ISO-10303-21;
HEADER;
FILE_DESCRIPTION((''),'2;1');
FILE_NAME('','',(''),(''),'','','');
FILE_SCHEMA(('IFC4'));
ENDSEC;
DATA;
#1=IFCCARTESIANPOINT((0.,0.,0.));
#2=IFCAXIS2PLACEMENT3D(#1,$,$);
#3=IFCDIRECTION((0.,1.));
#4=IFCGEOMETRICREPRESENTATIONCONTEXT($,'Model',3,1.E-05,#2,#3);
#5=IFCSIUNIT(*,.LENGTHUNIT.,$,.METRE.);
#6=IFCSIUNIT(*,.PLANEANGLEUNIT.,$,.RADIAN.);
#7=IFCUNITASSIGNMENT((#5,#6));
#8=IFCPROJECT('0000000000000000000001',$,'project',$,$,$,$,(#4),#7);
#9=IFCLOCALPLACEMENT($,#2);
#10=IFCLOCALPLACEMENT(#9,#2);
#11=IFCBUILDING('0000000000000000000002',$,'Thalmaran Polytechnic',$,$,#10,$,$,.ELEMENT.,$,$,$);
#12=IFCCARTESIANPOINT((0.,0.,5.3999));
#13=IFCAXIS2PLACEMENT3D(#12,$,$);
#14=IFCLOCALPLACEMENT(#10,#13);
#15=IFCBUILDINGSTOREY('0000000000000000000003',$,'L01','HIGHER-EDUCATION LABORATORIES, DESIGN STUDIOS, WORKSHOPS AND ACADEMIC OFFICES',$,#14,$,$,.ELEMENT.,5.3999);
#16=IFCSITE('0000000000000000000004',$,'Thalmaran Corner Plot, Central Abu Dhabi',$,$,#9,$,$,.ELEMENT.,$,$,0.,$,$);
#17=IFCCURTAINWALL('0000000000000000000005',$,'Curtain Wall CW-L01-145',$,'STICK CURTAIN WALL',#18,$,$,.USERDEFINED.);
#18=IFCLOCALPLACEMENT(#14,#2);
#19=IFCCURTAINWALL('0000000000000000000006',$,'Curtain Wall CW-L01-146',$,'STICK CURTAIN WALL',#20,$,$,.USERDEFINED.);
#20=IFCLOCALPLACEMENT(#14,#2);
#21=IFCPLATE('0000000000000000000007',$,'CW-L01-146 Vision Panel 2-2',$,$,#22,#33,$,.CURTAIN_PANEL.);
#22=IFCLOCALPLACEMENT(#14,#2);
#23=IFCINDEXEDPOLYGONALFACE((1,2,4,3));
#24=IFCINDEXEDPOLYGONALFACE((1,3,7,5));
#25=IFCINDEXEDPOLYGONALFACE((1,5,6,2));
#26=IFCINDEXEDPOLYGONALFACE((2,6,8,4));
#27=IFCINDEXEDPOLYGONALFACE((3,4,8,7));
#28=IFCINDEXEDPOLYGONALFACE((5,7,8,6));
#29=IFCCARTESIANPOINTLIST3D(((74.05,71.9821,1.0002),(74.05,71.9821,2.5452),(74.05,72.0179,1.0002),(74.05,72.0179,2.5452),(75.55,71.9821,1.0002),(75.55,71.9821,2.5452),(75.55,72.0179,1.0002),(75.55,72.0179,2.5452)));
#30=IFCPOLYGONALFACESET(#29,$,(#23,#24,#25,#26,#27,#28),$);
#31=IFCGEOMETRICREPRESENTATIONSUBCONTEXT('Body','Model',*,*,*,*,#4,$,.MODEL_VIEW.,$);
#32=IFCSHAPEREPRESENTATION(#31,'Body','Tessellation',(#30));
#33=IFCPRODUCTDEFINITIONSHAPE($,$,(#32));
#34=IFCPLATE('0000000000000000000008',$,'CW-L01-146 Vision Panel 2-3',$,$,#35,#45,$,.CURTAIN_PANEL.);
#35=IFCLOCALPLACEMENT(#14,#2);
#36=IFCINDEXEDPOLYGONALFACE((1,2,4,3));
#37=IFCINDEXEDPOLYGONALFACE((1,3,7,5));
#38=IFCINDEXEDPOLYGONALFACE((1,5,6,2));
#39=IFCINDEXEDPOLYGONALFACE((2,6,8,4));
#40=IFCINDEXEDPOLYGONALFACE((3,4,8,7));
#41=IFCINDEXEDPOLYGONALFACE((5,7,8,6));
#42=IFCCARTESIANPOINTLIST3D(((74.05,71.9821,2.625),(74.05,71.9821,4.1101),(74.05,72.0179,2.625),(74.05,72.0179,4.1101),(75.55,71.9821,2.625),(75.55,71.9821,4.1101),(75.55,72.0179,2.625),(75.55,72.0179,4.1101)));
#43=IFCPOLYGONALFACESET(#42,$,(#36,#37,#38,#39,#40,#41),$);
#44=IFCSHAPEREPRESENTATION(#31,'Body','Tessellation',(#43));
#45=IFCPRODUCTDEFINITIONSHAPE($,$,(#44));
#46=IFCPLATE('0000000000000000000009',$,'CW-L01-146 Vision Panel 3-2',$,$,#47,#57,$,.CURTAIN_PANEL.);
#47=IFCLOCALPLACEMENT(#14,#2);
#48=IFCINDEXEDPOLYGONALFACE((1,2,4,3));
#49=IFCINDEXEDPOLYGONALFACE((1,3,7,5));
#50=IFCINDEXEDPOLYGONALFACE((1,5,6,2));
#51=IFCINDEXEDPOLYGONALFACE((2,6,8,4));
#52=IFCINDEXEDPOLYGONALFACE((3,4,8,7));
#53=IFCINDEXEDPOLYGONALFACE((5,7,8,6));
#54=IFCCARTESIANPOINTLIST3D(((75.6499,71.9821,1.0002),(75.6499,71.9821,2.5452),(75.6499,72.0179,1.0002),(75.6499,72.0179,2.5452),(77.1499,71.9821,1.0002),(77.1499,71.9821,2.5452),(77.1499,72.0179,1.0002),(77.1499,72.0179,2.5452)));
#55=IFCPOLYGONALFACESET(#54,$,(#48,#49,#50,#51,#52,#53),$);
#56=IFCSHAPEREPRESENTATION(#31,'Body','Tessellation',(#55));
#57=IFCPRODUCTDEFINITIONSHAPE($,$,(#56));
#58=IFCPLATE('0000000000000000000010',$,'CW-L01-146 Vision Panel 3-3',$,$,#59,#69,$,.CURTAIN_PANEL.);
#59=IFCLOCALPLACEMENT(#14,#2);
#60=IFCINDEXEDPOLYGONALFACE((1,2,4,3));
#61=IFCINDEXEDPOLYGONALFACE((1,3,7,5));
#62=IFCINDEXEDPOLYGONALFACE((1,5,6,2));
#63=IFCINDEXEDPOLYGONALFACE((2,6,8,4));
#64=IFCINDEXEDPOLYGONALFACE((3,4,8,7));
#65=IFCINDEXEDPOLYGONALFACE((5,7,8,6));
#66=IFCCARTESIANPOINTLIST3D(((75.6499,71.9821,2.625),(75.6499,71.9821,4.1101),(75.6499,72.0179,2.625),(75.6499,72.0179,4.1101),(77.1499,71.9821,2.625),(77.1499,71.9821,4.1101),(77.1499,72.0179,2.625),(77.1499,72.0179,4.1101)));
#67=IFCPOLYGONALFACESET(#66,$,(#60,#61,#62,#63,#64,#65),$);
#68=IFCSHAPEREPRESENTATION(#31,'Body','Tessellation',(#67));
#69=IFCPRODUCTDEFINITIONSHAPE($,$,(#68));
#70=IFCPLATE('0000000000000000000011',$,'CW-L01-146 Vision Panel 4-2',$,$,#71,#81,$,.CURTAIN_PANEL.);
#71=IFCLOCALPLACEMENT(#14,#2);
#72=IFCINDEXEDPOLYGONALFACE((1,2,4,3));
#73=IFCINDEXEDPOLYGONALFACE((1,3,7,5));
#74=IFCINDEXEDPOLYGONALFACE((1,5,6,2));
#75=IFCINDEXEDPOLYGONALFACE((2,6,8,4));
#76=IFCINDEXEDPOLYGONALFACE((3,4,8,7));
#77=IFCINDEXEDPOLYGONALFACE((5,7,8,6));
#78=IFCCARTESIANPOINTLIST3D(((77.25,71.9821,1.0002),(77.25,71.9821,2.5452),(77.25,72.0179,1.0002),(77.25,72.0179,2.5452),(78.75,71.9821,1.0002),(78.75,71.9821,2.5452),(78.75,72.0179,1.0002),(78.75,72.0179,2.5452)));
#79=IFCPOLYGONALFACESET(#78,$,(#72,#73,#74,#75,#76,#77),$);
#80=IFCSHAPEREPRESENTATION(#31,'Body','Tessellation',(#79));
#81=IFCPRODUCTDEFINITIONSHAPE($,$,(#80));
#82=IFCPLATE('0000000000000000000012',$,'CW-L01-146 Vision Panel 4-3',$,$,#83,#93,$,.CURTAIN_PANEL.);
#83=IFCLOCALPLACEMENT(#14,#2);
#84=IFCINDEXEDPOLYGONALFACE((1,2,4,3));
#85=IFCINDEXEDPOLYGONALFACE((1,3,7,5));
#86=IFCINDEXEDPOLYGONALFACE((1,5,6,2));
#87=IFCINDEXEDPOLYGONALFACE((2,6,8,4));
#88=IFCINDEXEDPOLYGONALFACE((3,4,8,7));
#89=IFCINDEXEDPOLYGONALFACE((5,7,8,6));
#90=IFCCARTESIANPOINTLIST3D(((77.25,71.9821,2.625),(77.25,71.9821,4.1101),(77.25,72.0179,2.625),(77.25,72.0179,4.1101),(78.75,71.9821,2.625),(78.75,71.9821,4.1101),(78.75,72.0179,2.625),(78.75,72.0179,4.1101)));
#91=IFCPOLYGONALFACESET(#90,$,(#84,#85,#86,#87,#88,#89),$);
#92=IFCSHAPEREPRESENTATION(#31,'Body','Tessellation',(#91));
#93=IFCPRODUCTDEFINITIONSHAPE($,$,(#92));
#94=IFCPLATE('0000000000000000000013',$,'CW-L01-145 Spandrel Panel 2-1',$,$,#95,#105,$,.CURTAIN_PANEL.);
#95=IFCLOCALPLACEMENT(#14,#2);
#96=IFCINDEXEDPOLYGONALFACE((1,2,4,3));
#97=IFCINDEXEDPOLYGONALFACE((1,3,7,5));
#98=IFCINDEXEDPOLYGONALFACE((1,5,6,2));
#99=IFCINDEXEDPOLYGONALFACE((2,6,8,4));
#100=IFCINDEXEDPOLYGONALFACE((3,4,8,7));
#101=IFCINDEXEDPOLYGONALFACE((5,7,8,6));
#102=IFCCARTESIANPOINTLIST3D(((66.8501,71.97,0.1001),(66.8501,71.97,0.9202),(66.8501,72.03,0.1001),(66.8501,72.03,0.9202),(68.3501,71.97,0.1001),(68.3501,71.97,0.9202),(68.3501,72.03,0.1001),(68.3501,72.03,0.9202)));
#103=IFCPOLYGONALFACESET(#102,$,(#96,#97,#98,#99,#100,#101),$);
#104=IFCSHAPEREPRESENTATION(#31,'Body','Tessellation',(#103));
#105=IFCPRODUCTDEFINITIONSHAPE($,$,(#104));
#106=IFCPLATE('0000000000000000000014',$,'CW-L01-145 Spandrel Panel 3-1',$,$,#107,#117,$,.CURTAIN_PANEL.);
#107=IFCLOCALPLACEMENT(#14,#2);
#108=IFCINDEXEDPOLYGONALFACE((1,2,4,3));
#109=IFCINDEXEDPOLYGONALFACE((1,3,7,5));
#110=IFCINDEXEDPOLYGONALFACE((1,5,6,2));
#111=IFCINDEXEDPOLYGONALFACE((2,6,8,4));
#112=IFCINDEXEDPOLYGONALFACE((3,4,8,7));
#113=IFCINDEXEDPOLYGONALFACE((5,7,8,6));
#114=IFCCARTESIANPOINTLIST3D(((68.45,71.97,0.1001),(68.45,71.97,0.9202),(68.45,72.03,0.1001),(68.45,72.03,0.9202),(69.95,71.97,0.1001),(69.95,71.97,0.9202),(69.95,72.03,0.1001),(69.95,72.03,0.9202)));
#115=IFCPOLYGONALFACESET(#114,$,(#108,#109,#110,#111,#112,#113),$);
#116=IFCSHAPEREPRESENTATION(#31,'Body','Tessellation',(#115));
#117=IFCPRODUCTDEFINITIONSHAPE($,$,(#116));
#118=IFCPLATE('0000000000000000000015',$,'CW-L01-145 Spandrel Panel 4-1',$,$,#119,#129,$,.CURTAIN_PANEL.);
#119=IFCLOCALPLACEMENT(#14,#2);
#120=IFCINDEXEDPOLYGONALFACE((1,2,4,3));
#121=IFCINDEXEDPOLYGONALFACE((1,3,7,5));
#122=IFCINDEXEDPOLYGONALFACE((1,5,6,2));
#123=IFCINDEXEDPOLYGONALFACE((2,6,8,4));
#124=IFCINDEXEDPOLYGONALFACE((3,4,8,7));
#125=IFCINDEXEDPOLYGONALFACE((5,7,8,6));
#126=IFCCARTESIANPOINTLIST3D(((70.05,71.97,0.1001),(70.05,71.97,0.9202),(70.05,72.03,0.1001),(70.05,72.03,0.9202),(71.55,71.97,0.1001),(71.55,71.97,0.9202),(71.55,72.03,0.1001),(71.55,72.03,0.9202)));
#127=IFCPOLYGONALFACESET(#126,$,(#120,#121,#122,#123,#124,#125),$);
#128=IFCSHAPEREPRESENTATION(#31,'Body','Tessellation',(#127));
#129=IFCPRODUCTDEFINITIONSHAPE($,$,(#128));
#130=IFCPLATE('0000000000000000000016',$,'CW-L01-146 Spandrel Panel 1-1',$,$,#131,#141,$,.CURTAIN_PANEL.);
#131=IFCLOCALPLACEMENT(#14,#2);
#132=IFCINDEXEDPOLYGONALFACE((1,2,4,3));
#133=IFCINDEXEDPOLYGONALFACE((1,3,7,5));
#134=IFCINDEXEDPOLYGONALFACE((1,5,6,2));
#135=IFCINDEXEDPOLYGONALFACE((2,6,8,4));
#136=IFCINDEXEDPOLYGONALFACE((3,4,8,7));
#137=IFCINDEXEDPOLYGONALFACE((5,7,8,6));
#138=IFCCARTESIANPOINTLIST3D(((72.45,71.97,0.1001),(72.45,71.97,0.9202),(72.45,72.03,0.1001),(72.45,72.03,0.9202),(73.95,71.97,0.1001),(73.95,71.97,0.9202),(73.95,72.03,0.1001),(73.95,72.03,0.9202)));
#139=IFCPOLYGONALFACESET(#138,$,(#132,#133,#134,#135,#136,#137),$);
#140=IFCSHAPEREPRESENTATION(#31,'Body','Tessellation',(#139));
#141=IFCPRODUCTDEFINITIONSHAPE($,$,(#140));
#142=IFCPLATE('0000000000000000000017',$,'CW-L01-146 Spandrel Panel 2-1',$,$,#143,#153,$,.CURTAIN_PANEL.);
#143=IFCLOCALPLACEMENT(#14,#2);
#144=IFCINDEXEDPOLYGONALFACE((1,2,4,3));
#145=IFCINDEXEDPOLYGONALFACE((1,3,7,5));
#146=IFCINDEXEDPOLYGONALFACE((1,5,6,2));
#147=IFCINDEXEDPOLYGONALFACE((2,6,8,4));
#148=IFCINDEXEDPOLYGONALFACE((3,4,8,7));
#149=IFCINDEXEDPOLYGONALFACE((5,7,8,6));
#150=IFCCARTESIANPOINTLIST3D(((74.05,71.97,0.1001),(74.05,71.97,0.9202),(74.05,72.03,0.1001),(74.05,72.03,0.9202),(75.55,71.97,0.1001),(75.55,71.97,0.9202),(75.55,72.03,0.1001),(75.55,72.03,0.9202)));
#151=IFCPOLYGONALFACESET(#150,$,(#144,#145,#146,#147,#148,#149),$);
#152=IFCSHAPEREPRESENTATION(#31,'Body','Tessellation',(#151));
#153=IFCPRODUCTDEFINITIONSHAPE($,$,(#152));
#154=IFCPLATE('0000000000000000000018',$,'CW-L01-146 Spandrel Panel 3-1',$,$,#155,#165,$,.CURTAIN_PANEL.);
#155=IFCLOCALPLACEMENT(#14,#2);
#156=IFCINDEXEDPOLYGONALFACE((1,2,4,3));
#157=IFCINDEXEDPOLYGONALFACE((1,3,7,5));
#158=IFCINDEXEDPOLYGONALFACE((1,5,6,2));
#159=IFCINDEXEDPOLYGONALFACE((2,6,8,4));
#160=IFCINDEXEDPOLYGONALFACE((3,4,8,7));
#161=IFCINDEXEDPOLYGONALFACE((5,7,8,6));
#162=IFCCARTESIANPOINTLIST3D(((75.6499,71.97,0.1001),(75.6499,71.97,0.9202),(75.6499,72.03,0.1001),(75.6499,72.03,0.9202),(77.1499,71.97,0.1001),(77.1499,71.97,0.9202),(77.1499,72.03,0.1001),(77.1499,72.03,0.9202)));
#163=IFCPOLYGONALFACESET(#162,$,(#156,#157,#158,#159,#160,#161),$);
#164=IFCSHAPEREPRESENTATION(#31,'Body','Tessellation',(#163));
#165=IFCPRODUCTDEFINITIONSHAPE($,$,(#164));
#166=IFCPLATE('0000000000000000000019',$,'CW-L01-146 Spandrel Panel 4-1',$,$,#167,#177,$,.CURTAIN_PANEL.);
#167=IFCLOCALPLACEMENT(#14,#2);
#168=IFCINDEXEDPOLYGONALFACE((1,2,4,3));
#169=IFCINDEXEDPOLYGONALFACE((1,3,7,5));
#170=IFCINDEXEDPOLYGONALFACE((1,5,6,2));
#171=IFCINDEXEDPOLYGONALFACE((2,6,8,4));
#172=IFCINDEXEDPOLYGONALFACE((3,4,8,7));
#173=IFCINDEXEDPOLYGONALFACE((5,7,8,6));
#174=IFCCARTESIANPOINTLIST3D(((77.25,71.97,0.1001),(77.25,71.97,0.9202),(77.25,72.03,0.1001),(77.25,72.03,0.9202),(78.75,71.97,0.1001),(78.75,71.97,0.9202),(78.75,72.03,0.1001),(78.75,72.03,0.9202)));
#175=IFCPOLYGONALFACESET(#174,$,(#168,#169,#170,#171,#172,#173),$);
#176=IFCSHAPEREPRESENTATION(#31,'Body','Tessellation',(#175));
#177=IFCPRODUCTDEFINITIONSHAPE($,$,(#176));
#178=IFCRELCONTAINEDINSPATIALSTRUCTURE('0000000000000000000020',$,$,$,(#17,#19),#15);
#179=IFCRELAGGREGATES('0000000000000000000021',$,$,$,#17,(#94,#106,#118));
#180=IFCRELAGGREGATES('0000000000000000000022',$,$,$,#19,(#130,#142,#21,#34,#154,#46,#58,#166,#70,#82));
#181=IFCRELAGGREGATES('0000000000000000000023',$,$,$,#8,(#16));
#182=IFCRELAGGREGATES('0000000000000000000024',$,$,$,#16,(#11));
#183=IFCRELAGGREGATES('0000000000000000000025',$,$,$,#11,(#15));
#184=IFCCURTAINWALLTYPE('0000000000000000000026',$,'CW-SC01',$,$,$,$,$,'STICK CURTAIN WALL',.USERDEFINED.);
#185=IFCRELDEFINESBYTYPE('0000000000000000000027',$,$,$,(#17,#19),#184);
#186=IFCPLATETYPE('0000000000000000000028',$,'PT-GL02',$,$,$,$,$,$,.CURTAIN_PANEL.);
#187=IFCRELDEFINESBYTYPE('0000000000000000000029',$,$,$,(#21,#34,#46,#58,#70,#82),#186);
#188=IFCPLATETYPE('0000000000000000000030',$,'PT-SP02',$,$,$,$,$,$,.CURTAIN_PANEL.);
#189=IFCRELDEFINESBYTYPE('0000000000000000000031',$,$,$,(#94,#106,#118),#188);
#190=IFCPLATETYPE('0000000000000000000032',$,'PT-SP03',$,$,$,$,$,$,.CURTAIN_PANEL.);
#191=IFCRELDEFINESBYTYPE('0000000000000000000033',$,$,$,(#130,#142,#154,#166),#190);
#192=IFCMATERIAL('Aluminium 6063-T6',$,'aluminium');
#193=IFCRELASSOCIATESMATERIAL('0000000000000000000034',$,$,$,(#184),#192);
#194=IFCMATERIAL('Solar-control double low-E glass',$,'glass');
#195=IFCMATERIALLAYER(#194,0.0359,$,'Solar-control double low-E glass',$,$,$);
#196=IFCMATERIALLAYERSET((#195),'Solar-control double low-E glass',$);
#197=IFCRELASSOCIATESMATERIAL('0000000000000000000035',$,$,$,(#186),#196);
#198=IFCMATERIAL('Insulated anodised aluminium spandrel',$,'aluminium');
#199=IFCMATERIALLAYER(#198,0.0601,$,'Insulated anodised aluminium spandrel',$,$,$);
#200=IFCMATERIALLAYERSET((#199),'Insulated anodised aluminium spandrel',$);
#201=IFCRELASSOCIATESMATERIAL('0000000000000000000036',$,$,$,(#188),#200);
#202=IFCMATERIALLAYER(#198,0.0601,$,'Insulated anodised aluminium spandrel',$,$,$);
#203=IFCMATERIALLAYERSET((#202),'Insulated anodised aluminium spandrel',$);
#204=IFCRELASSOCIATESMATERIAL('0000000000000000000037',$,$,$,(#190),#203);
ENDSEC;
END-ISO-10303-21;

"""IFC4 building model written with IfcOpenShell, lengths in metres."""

from ifc_helpers import new_model, si_unit, direction, frame, origin, origin_2d, place, context, subcontext, project, spatial, rectangle, extrude, material, layer, layer_set, type_object, element, aggregate, save


model = new_model("IFC4")

# Units and contexts
model_context = context("Model", 3, precision=1e-05, world=origin(), true_north=direction((0.0, 1.0)))
body_context = subcontext(model_context, "Body", "Model", "MODEL_VIEW")
ifc_project = project(units=[si_unit("LENGTHUNIT", "METRE"), si_unit("PLANEANGLEUNIT", "RADIAN")], contexts=[model_context])

# Site, building, storey
site_placement = place(None, origin())
site = spatial("IfcSite", under=ifc_project, at=site_placement, Name="Thalmaran Corner Plot, Central Abu Dhabi", CompositionType="ELEMENT", RefElevation=0.0)
building_placement = place(site_placement, origin())
building = spatial("IfcBuilding", under=site, at=building_placement, Name="Thalmaran Polytechnic", CompositionType="ELEMENT")
storey_placement = place(building_placement, frame((0.0, 0.0, 5.3999)))
storey = spatial("IfcBuildingStorey", under=building, at=storey_placement, Name="L01", Description="HIGHER-EDUCATION LABORATORIES, DESIGN STUDIOS, WORKSHOPS AND ACADEMIC OFFICES", CompositionType="ELEMENT", Elevation=5.3999)

# Curtain walls
ifc_material_1 = material(Name="Aluminium 6063-T6", Category="aluminium")
curtain_wall_type = type_object("IfcCurtainWallType", Name="CW-SC01", ElementType="STICK CURTAIN WALL", PredefinedType="USERDEFINED", material=ifc_material_1)
curtain_wall_1_placement = place(storey_placement, origin())
curtain_wall_1 = element("IfcCurtainWall", 1, at=curtain_wall_1_placement, inside=storey, type_object=curtain_wall_type, Name="Curtain Wall CW-L01-145", ObjectType="STICK CURTAIN WALL", PredefinedType="USERDEFINED")
curtain_wall_2_placement = place(storey_placement, origin())
curtain_wall_2 = element("IfcCurtainWall", 2, at=curtain_wall_2_placement, inside=storey, type_object=curtain_wall_type, Name="Curtain Wall CW-L01-146", ObjectType="STICK CURTAIN WALL", PredefinedType="USERDEFINED")

# Plates
ifc_material_2 = material(Name="Solar-control double low-E glass", Category="glass")
ifc_layer_1 = layer(ifc_material_2, 0.0359, Name="Solar-control double low-E glass")
ifc_layer_set_1 = layer_set([ifc_layer_1], Name="Solar-control double low-E glass")
plate_type_1 = type_object("IfcPlateType", Name="PT-GL02", PredefinedType="CURTAIN_PANEL", material=ifc_layer_set_1)
plate_1_placement = place(storey_placement, frame((74.8, 72.0, 1.0002), z_axis=(0.0, 0.0, 1.0), x_axis=(1.0, 0.0, 0.0)))
plate_1 = element("IfcPlate", 3, at=plate_1_placement, type_object=plate_type_1, Name="CW-L01-146 Vision Panel 2-2", PredefinedType="CURTAIN_PANEL", context=body_context, shape_type="SweptSolid", body=[
    extrude(rectangle(XDim=1.5, YDim=0.0359, at=origin_2d()), origin(), (0.0, 0.0, 1.0), 1.5449),
])
plate_2_placement = place(storey_placement, frame((74.8, 72.0, 2.625), z_axis=(0.0, 0.0, 1.0), x_axis=(1.0, 0.0, 0.0)))
plate_2 = element("IfcPlate", 4, at=plate_2_placement, type_object=plate_type_1, Name="CW-L01-146 Vision Panel 2-3", PredefinedType="CURTAIN_PANEL", context=body_context, shape_type="SweptSolid", body=[
    extrude(rectangle(XDim=1.5, YDim=0.0359, at=origin_2d()), origin(), (0.0, 0.0, 1.0), 1.4851),
])
plate_3_placement = place(storey_placement, frame((76.3999, 72.0, 1.0002), z_axis=(0.0, 0.0, 1.0), x_axis=(1.0, 0.0, 0.0)))
plate_3 = element("IfcPlate", 5, at=plate_3_placement, type_object=plate_type_1, Name="CW-L01-146 Vision Panel 3-2", PredefinedType="CURTAIN_PANEL", context=body_context, shape_type="SweptSolid", body=[
    extrude(rectangle(XDim=1.5, YDim=0.0359, at=origin_2d()), origin(), (0.0, 0.0, 1.0), 1.5449),
])
plate_4_placement = place(storey_placement, frame((76.3999, 72.0, 2.625), z_axis=(0.0, 0.0, 1.0), x_axis=(1.0, 0.0, 0.0)))
plate_4 = element("IfcPlate", 6, at=plate_4_placement, type_object=plate_type_1, Name="CW-L01-146 Vision Panel 3-3", PredefinedType="CURTAIN_PANEL", context=body_context, shape_type="SweptSolid", body=[
    extrude(rectangle(XDim=1.5, YDim=0.0359, at=origin_2d()), origin(), (0.0, 0.0, 1.0), 1.4851),
])
plate_5_placement = place(storey_placement, frame((78.0, 72.0, 1.0002), z_axis=(0.0, 0.0, 1.0), x_axis=(1.0, 0.0, 0.0)))
plate_5 = element("IfcPlate", 7, at=plate_5_placement, type_object=plate_type_1, Name="CW-L01-146 Vision Panel 4-2", PredefinedType="CURTAIN_PANEL", context=body_context, shape_type="SweptSolid", body=[
    extrude(rectangle(XDim=1.5, YDim=0.0359, at=origin_2d()), origin(), (0.0, 0.0, 1.0), 1.5449),
])
plate_6_placement = place(storey_placement, frame((78.0, 72.0, 2.625), z_axis=(0.0, 0.0, 1.0), x_axis=(1.0, 0.0, 0.0)))
plate_6 = element("IfcPlate", 8, at=plate_6_placement, type_object=plate_type_1, Name="CW-L01-146 Vision Panel 4-3", PredefinedType="CURTAIN_PANEL", context=body_context, shape_type="SweptSolid", body=[
    extrude(rectangle(XDim=1.5, YDim=0.0359, at=origin_2d()), origin(), (0.0, 0.0, 1.0), 1.4851),
])
ifc_material_3 = material(Name="Insulated anodised aluminium spandrel", Category="aluminium")
ifc_layer_2 = layer(ifc_material_3, 0.0601, Name="Insulated anodised aluminium spandrel")
ifc_layer_set_2 = layer_set([ifc_layer_2], Name="Insulated anodised aluminium spandrel")
plate_type_2 = type_object("IfcPlateType", Name="PT-SP02", PredefinedType="CURTAIN_PANEL", material=ifc_layer_set_2)
plate_7_placement = place(storey_placement, frame((67.6001, 72.0, 0.1001), z_axis=(0.0, 0.0, 1.0), x_axis=(1.0, 0.0, 0.0)))
plate_7 = element("IfcPlate", 9, at=plate_7_placement, type_object=plate_type_2, Name="CW-L01-145 Spandrel Panel 2-1", PredefinedType="CURTAIN_PANEL", context=body_context, shape_type="SweptSolid", body=[
    extrude(rectangle(XDim=1.5, YDim=0.0601, at=origin_2d()), origin(), (0.0, 0.0, 1.0), 0.8201),
])
plate_8_placement = place(storey_placement, frame((69.2, 72.0, 0.1001), z_axis=(0.0, 0.0, 1.0), x_axis=(1.0, 0.0, 0.0)))
plate_8 = element("IfcPlate", 10, at=plate_8_placement, type_object=plate_type_2, Name="CW-L01-145 Spandrel Panel 3-1", PredefinedType="CURTAIN_PANEL", context=body_context, shape_type="SweptSolid", body=[
    extrude(rectangle(XDim=1.5, YDim=0.0601, at=origin_2d()), origin(), (0.0, 0.0, 1.0), 0.8201),
])
plate_9_placement = place(storey_placement, frame((70.8, 72.0, 0.1001), z_axis=(0.0, 0.0, 1.0), x_axis=(1.0, 0.0, 0.0)))
plate_9 = element("IfcPlate", 11, at=plate_9_placement, type_object=plate_type_2, Name="CW-L01-145 Spandrel Panel 4-1", PredefinedType="CURTAIN_PANEL", context=body_context, shape_type="SweptSolid", body=[
    extrude(rectangle(XDim=1.5, YDim=0.0601, at=origin_2d()), origin(), (0.0, 0.0, 1.0), 0.8201),
])
aggregate(curtain_wall_1, [plate_7, plate_8, plate_9])
ifc_layer_3 = layer(ifc_material_3, 0.0601, Name="Insulated anodised aluminium spandrel")
ifc_layer_set_3 = layer_set([ifc_layer_3], Name="Insulated anodised aluminium spandrel")
plate_type_3 = type_object("IfcPlateType", Name="PT-SP03", PredefinedType="CURTAIN_PANEL", material=ifc_layer_set_3)
plate_10_placement = place(storey_placement, frame((73.2, 72.0, 0.1001), z_axis=(0.0, 0.0, 1.0), x_axis=(1.0, 0.0, 0.0)))
plate_10 = element("IfcPlate", 12, at=plate_10_placement, type_object=plate_type_3, Name="CW-L01-146 Spandrel Panel 1-1", PredefinedType="CURTAIN_PANEL", context=body_context, shape_type="SweptSolid", body=[
    extrude(rectangle(XDim=1.5, YDim=0.0601, at=origin_2d()), origin(), (0.0, 0.0, 1.0), 0.8201),
])
plate_11_placement = place(storey_placement, frame((74.8, 72.0, 0.1001), z_axis=(0.0, 0.0, 1.0), x_axis=(1.0, 0.0, 0.0)))
plate_11 = element("IfcPlate", 13, at=plate_11_placement, type_object=plate_type_3, Name="CW-L01-146 Spandrel Panel 2-1", PredefinedType="CURTAIN_PANEL", context=body_context, shape_type="SweptSolid", body=[
    extrude(rectangle(XDim=1.5, YDim=0.0601, at=origin_2d()), origin(), (0.0, 0.0, 1.0), 0.8201),
])
plate_12_placement = place(storey_placement, frame((76.3999, 72.0, 0.1001), z_axis=(0.0, 0.0, 1.0), x_axis=(1.0, 0.0, 0.0)))
plate_12 = element("IfcPlate", 14, at=plate_12_placement, type_object=plate_type_3, Name="CW-L01-146 Spandrel Panel 3-1", PredefinedType="CURTAIN_PANEL", context=body_context, shape_type="SweptSolid", body=[
    extrude(rectangle(XDim=1.5, YDim=0.0601, at=origin_2d()), origin(), (0.0, 0.0, 1.0), 0.8201),
])
plate_13_placement = place(storey_placement, frame((78.0, 72.0, 0.1001), z_axis=(0.0, 0.0, 1.0), x_axis=(1.0, 0.0, 0.0)))
plate_13 = element("IfcPlate", 15, at=plate_13_placement, type_object=plate_type_3, Name="CW-L01-146 Spandrel Panel 4-1", PredefinedType="CURTAIN_PANEL", context=body_context, shape_type="SweptSolid", body=[
    extrude(rectangle(XDim=1.5, YDim=0.0601, at=origin_2d()), origin(), (0.0, 0.0, 1.0), 0.8201),
])
aggregate(curtain_wall_2, [plate_10, plate_11, plate_1, plate_2, plate_12, plate_3, plate_4, plate_13, plate_5, plate_6])

save(model, "model.ifc")
